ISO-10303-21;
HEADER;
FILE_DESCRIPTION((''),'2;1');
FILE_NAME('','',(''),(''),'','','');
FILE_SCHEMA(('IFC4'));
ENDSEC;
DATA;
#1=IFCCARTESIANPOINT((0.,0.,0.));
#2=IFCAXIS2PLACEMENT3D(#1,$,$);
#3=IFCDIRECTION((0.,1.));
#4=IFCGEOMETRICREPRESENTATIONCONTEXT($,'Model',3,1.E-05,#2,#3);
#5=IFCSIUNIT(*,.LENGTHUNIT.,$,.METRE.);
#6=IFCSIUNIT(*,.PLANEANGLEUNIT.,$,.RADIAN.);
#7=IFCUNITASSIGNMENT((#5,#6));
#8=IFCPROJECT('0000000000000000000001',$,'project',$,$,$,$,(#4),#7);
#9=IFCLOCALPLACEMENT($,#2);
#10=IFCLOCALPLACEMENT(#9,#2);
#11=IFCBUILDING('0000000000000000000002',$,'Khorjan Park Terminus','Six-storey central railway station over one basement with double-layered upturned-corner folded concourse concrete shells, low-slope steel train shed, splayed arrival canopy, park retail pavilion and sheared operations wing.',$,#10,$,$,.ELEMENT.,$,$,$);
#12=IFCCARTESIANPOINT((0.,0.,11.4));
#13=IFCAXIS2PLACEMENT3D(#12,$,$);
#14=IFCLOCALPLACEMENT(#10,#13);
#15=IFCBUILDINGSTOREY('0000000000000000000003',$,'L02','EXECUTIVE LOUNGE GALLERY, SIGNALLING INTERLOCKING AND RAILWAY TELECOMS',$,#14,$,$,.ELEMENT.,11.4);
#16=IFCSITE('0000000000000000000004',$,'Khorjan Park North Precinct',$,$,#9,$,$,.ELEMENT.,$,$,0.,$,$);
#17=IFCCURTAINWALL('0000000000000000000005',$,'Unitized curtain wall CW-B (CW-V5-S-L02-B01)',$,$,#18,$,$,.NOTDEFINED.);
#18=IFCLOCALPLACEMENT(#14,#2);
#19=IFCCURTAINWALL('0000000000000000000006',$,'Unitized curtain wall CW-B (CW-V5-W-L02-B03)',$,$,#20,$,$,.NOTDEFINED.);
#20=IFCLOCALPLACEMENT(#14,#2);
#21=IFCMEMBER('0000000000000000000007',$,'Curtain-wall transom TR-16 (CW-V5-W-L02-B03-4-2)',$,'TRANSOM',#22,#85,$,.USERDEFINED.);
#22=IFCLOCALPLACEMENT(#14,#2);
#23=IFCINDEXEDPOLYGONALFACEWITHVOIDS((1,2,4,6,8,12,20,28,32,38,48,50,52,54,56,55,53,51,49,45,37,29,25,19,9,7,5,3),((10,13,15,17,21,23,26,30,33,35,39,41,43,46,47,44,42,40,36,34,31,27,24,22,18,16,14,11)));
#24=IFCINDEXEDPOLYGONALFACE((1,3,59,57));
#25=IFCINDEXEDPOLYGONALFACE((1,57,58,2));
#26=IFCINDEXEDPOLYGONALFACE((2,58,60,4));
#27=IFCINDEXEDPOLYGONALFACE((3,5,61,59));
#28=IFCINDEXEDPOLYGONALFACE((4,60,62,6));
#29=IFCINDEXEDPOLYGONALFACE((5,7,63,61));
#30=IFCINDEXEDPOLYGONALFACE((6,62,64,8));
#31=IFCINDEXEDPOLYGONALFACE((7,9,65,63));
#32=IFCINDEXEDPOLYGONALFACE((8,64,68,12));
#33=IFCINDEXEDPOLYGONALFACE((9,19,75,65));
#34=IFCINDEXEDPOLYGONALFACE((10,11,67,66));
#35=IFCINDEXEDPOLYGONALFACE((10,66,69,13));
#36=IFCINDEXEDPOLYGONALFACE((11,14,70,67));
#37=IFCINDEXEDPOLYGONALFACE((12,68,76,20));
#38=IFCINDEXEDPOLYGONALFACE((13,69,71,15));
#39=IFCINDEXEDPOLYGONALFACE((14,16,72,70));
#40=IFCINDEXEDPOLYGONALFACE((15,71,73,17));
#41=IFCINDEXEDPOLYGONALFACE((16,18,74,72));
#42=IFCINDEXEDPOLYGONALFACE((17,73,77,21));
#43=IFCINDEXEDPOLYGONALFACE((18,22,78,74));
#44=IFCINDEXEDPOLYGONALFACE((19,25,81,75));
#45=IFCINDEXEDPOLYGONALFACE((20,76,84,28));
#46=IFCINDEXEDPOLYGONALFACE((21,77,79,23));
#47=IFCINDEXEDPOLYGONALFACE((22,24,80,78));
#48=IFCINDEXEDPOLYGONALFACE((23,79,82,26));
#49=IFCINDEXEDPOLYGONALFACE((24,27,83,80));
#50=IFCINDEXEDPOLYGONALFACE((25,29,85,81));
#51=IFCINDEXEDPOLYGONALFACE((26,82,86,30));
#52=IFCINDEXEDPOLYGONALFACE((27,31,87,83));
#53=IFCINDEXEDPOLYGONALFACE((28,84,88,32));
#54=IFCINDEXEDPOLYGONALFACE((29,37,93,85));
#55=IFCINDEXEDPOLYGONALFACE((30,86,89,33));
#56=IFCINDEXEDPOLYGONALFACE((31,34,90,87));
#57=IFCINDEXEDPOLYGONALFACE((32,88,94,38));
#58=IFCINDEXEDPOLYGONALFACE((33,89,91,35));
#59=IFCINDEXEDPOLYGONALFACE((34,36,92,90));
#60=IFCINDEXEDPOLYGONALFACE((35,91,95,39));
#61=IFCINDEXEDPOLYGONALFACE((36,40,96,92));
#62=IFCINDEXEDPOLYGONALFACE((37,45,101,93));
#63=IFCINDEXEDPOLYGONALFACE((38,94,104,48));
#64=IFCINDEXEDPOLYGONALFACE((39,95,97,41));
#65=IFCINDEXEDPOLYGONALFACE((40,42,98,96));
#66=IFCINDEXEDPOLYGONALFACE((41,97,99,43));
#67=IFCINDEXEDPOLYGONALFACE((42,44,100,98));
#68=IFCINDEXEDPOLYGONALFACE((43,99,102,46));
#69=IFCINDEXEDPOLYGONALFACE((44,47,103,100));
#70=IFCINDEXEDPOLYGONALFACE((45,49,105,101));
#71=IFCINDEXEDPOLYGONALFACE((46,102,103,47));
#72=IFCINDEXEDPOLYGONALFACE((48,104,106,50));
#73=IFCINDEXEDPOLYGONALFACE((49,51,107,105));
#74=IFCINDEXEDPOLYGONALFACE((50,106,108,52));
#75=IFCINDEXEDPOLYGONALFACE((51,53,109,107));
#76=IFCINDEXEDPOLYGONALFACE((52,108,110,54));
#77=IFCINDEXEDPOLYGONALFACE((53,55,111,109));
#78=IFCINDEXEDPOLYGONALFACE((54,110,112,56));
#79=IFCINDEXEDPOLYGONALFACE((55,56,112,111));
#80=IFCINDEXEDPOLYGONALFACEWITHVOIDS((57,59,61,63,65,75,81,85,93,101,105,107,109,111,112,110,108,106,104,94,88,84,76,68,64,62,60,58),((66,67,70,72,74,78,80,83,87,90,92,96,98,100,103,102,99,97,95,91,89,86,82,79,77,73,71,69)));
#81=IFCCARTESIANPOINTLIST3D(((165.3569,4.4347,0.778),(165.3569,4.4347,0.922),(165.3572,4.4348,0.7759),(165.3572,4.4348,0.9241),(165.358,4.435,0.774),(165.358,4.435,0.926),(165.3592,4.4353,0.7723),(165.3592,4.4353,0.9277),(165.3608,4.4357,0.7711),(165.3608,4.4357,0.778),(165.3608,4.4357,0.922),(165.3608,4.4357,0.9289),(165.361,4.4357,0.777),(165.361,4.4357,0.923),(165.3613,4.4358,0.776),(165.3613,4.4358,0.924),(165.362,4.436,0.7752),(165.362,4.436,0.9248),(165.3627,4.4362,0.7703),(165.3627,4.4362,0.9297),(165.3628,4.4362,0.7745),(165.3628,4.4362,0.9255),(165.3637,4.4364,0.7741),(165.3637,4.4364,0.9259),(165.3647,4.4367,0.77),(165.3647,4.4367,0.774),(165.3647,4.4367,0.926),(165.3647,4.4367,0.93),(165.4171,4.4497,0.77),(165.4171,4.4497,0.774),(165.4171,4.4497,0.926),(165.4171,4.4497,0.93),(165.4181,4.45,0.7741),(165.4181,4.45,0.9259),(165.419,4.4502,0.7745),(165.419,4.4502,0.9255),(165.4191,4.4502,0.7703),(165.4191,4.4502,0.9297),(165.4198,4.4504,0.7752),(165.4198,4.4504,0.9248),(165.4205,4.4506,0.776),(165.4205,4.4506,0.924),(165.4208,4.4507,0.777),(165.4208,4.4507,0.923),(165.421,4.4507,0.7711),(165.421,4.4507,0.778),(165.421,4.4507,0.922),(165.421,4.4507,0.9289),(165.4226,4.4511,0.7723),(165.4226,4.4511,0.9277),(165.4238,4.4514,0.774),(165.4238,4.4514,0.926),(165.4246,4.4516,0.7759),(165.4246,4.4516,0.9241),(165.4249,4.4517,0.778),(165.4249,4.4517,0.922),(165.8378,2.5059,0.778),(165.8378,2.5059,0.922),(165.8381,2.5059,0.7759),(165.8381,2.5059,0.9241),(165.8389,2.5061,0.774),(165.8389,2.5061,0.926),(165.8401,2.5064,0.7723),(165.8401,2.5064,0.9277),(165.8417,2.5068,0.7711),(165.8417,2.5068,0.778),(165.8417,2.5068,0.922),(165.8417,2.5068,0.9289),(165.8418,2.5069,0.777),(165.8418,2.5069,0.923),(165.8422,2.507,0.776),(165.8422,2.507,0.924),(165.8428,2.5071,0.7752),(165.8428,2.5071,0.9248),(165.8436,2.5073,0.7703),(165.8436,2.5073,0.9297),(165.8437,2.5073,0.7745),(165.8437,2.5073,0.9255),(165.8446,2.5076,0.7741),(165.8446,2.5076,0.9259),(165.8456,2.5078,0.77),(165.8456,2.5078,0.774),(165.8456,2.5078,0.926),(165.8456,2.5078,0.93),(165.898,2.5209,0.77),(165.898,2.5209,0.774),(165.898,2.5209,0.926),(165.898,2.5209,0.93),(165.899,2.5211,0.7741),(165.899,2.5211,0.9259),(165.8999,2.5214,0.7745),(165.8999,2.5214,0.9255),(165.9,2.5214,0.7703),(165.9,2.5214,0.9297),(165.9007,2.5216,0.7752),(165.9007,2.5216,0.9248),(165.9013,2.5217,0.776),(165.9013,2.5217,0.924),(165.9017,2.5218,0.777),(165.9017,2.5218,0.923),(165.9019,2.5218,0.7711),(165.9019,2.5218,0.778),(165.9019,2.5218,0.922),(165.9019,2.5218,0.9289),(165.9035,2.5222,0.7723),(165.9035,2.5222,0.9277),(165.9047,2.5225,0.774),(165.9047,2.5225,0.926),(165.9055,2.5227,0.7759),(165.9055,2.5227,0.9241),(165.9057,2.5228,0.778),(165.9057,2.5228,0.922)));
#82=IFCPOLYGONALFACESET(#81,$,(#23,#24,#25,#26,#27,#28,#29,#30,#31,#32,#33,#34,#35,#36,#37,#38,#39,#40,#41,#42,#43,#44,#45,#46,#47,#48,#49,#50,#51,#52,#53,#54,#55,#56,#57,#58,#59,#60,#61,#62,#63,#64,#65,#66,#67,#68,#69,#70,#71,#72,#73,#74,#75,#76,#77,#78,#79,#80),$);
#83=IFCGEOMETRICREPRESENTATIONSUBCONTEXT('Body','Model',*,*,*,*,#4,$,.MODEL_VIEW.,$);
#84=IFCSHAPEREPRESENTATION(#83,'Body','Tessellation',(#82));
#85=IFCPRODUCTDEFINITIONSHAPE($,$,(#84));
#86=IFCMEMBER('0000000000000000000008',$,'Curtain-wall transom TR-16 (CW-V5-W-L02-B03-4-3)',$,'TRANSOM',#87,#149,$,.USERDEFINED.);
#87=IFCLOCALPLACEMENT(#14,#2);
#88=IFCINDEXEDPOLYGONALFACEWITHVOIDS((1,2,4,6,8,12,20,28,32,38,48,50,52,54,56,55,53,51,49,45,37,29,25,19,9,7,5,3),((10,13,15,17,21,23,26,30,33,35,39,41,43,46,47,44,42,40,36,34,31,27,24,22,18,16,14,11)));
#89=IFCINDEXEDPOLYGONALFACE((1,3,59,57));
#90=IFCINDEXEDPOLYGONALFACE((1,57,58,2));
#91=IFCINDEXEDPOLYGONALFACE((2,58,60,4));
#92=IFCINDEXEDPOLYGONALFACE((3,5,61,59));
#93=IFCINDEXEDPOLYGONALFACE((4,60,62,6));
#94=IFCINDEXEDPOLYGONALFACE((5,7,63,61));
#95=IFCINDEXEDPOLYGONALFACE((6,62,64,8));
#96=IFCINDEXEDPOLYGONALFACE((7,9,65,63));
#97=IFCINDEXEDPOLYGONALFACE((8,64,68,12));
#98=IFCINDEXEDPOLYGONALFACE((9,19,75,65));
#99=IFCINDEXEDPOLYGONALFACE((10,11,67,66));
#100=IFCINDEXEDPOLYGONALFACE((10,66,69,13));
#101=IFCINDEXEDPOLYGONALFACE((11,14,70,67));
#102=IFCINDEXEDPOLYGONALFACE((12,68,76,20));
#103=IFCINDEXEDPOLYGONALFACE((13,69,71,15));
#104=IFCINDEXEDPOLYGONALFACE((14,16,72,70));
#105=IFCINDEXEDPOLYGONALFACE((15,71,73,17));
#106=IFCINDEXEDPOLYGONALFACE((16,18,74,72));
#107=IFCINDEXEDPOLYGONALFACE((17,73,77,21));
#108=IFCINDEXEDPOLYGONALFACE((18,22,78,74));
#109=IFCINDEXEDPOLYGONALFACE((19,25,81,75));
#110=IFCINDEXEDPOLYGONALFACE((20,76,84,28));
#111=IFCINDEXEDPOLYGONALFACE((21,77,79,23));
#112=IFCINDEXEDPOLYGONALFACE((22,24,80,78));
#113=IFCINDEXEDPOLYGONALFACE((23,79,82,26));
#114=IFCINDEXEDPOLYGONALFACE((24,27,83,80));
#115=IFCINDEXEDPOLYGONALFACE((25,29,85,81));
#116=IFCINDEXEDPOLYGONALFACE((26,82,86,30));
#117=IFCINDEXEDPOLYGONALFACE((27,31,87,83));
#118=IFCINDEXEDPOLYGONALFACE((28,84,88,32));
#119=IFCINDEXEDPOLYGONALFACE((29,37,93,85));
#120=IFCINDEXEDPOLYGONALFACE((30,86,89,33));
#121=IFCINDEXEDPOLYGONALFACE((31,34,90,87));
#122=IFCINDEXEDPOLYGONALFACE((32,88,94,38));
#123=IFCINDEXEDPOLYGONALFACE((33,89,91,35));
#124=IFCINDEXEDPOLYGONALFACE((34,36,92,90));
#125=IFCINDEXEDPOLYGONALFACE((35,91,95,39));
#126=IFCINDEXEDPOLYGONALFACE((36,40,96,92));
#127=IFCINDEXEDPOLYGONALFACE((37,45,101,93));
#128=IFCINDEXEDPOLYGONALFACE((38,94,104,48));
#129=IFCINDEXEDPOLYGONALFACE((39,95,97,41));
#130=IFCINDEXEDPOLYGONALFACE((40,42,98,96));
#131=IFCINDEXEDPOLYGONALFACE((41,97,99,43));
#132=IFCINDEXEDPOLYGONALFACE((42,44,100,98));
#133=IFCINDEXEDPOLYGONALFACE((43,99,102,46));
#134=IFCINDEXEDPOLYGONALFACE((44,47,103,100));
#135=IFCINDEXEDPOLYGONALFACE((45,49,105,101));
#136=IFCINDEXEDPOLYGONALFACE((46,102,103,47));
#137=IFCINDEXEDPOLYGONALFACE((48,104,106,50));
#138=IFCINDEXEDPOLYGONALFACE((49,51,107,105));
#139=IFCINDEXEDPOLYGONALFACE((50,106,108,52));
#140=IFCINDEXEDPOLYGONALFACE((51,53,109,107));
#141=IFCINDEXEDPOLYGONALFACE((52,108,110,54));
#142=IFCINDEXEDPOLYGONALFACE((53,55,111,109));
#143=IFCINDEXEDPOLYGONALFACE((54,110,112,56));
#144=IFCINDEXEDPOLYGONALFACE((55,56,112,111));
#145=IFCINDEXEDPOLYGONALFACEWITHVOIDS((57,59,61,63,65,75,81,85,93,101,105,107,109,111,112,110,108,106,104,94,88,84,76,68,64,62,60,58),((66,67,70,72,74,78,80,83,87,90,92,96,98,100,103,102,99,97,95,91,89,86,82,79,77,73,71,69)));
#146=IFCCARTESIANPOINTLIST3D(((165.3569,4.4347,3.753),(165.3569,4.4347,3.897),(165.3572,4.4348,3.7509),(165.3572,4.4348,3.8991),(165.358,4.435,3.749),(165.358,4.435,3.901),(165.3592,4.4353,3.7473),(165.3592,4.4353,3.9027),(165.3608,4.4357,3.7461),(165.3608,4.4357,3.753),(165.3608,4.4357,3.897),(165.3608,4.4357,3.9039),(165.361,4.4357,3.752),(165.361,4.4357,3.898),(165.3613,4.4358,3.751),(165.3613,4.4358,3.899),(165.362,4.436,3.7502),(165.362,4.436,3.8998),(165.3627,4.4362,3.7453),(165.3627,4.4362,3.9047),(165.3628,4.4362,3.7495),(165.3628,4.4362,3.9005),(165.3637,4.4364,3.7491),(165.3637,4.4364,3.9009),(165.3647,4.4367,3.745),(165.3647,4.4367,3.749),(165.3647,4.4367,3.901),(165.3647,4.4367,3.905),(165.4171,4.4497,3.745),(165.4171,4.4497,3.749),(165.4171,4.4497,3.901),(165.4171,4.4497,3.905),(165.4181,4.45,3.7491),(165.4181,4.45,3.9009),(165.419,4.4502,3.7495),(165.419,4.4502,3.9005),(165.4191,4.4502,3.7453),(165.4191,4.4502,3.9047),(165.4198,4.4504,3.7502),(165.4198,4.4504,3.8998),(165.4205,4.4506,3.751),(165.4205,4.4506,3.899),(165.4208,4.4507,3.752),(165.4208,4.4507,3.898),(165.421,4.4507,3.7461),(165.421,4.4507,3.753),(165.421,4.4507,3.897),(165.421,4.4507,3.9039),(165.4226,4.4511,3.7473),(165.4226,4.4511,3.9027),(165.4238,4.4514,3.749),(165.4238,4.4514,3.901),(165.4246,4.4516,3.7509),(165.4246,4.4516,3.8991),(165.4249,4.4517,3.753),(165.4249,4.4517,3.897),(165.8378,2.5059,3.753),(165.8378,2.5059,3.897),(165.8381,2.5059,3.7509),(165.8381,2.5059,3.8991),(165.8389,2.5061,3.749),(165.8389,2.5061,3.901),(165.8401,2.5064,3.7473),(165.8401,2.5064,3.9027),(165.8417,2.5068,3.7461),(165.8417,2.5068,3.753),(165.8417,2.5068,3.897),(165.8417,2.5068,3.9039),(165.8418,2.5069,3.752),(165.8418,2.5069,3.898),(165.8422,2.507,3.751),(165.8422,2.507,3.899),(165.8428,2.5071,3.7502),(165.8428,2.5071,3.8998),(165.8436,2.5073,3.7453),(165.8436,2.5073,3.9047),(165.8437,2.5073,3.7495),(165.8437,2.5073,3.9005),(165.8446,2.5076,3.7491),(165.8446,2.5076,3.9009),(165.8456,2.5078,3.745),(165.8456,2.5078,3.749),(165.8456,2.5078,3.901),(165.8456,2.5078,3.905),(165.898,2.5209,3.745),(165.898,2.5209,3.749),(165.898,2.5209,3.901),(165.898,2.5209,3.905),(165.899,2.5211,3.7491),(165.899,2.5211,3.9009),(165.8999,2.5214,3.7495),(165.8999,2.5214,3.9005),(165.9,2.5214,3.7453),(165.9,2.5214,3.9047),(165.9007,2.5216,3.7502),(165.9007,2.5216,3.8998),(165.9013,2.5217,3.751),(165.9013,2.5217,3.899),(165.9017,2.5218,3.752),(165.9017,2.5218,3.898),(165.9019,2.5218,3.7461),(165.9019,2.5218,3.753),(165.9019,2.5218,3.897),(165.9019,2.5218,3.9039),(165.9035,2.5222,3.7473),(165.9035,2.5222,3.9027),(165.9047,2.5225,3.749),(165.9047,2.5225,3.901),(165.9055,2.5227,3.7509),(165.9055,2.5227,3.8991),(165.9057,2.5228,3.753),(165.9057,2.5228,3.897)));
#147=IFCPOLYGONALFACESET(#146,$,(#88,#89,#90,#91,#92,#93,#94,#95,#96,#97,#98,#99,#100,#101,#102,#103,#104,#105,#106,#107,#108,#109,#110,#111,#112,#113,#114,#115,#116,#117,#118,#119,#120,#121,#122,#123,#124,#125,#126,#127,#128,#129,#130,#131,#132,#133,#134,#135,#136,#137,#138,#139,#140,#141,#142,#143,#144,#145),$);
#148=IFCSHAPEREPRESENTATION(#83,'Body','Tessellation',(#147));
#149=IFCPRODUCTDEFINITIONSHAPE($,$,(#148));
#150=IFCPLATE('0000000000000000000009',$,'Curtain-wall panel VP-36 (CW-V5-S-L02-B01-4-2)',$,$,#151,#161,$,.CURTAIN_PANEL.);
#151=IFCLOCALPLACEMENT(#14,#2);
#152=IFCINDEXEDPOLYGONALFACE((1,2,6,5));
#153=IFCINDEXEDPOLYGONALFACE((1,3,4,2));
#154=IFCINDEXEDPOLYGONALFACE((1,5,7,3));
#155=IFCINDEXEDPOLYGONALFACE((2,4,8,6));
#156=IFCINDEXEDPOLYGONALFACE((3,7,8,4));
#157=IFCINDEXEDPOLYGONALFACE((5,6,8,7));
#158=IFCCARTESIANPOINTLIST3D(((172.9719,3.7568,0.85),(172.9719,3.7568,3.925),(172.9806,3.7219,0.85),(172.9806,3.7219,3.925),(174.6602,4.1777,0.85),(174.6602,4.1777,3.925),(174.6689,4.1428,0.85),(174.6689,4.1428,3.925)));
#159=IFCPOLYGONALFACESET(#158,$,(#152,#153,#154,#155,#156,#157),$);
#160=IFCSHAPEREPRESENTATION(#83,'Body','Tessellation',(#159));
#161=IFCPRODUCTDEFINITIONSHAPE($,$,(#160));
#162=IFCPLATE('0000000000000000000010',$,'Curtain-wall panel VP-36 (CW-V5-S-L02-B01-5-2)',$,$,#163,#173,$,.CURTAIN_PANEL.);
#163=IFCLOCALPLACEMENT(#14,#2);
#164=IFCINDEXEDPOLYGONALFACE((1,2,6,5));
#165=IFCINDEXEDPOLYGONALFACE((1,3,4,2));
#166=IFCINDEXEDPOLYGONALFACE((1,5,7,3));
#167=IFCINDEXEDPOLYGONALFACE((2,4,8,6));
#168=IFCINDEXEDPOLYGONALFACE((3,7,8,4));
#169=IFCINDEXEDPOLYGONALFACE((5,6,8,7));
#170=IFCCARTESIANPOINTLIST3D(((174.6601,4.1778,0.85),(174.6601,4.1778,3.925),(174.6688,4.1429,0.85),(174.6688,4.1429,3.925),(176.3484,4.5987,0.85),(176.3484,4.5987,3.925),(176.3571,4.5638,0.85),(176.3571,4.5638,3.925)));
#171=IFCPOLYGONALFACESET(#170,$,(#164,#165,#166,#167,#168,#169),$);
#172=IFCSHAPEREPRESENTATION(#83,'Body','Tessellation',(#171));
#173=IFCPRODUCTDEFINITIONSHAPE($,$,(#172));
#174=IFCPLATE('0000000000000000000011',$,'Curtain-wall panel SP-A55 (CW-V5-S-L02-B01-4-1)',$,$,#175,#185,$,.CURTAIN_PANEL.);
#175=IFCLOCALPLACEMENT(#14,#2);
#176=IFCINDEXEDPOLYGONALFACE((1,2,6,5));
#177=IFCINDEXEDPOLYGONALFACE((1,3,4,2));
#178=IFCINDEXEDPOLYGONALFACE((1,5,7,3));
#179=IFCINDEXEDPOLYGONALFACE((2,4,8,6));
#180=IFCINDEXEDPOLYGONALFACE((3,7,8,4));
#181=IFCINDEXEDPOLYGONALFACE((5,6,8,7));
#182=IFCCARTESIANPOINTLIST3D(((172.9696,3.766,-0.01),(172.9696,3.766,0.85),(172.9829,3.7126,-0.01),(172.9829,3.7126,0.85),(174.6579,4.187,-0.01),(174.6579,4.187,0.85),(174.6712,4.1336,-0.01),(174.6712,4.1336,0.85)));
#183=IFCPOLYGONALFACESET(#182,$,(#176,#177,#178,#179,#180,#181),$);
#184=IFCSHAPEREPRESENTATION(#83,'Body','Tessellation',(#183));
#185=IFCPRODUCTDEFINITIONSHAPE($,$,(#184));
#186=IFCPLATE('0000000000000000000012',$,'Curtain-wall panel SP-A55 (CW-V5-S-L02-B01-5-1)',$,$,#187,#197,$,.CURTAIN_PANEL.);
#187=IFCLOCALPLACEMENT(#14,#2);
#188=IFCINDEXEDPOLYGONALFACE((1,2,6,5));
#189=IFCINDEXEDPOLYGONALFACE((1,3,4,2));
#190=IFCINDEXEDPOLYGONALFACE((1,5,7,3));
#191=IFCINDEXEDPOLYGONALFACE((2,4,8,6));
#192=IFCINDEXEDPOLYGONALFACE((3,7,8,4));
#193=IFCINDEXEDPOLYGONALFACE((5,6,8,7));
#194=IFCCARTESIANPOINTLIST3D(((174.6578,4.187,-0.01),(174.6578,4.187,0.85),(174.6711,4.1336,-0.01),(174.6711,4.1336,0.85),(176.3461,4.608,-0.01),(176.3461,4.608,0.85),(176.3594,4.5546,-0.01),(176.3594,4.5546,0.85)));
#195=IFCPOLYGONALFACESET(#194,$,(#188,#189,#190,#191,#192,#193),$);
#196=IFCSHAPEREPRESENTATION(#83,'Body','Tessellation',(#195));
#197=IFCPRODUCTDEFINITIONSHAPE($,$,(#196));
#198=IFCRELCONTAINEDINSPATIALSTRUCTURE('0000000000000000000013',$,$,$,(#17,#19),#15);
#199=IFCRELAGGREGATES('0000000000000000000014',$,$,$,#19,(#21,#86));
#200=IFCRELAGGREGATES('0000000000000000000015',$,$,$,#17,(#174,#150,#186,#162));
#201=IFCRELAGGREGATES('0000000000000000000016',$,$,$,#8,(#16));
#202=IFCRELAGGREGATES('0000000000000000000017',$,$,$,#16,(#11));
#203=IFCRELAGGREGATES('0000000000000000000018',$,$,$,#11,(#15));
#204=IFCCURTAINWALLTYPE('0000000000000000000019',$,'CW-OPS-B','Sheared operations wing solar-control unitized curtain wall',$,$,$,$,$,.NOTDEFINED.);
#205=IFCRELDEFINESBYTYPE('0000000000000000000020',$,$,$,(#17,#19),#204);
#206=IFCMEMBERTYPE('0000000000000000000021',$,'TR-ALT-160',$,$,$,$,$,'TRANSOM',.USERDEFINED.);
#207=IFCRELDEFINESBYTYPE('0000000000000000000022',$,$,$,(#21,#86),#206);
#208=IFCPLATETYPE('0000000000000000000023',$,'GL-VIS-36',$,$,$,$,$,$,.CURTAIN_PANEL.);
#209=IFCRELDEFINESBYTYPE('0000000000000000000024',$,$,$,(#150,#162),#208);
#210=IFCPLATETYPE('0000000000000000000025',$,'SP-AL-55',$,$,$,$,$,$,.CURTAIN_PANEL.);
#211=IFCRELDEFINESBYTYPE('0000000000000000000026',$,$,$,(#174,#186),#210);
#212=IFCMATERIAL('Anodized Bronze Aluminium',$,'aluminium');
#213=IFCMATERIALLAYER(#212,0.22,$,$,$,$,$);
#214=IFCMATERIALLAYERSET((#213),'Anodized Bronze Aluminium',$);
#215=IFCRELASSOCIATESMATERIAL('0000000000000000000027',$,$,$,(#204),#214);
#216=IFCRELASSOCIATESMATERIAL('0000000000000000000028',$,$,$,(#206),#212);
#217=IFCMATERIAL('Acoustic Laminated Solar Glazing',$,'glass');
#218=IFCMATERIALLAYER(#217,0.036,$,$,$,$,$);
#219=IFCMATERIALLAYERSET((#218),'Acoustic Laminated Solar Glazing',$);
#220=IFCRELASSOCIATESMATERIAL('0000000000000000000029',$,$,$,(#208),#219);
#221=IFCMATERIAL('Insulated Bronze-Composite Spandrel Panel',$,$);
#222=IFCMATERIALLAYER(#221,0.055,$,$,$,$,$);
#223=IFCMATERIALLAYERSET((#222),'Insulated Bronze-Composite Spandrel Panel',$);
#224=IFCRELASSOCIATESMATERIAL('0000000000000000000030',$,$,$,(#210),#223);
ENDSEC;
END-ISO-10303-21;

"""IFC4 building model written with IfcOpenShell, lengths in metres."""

from ifc_helpers import new_model, si_unit, direction, frame, origin, origin_2d, place, context, subcontext, project, spatial, rectangle, hollow_rectangle, extrude, material, layer, layer_set, material_profile, profile_set, type_object, element, aggregate, save


model = new_model("IFC4")

# Units and contexts
model_context = context("Model", 3, precision=1e-05, world=origin(), true_north=direction((0.0, 1.0)))
body_context = subcontext(model_context, "Body", "Model", "MODEL_VIEW")
ifc_project = project(units=[si_unit("LENGTHUNIT", "METRE"), si_unit("PLANEANGLEUNIT", "RADIAN")], contexts=[model_context])

# Site, building, storey
site_placement = place(None, origin())
site = spatial("IfcSite", under=ifc_project, at=site_placement, Name="Khorjan Park North Precinct", CompositionType="ELEMENT", RefElevation=0.0)
building_placement = place(site_placement, origin())
building = spatial("IfcBuilding", under=site, at=building_placement, Name="Khorjan Park Terminus", Description="Six-storey central railway station over one basement with double-layered upturned-corner folded concourse concrete shells, low-slope steel train shed, splayed arrival canopy, park retail pavilion and sheared operations wing.", CompositionType="ELEMENT")
storey_placement = place(building_placement, frame((0.0, 0.0, 11.4)))
storey = spatial("IfcBuildingStorey", under=building, at=storey_placement, Name="L02", Description="EXECUTIVE LOUNGE GALLERY, SIGNALLING INTERLOCKING AND RAILWAY TELECOMS", CompositionType="ELEMENT", Elevation=11.4)

# Curtain wall
ifc_material_1 = material(Name="Anodized Bronze Aluminium", Category="aluminium")
ifc_layer_1 = layer(ifc_material_1, 0.22)
ifc_layer_set_1 = layer_set([ifc_layer_1], Name="Anodized Bronze Aluminium")
curtain_wall_type = type_object("IfcCurtainWallType", Name="CW-OPS-B", Description="Sheared operations wing solar-control unitized curtain wall", PredefinedType="NOTDEFINED", material=ifc_layer_set_1)
curtain_wall_1_placement = place(storey_placement, origin())
curtain_wall_1 = element("IfcCurtainWall", 1, at=curtain_wall_1_placement, inside=storey, type_object=curtain_wall_type, Name="Unitized curtain wall CW-B (CW-V5-S-L02-B01)", PredefinedType="NOTDEFINED")

# Curtain wall
curtain_wall_2_placement = place(storey_placement, origin())
curtain_wall_2 = element("IfcCurtainWall", 2, at=curtain_wall_2_placement, inside=storey, type_object=curtain_wall_type, Name="Unitized curtain wall CW-B (CW-V5-W-L02-B03)", PredefinedType="NOTDEFINED")

# Members
ifc_material_profile_1 = material_profile(ifc_material_1, hollow_rectangle(XDim=0.07, YDim=0.16, WallThickness=0.004, InnerFilletRadius=0.004, OuterFilletRadius=0.008, at=origin_2d()), Name="ALT 70x160x4")
ifc_profile_set_1 = profile_set([ifc_material_profile_1], Name="Anodized Bronze Aluminium")
member_type_1 = type_object("IfcMemberType", Name="TR-ALT-160", ElementType="TRANSOM", PredefinedType="USERDEFINED", material=ifc_profile_set_1)
member_1_placement = place(storey_placement, frame((165.3909, 4.4432, 0.85), z_axis=(0.241908, -0.970299, 0.0), x_axis=(0.970299, 0.241908, 0.0)))
member_1 = element("IfcMember", 3, at=member_1_placement, type_object=member_type_1, Name="Curtain-wall transom TR-16 (CW-V5-W-L02-B03-4-2)", ObjectType="TRANSOM", PredefinedType="USERDEFINED", context=body_context, shape_type="SweptSolid", body=[
    extrude(hollow_rectangle(XDim=0.07, YDim=0.16, WallThickness=0.004, InnerFilletRadius=0.004, OuterFilletRadius=0.008, at=origin_2d()), origin(), (0.0, 0.0, 1.0), 1.9879),
])
member_2_placement = place(storey_placement, frame((165.3909, 4.4432, 3.825), z_axis=(0.241908, -0.970299, 0.0), x_axis=(0.970299, 0.241908, 0.0)))
member_2 = element("IfcMember", 4, at=member_2_placement, type_object=member_type_1, Name="Curtain-wall transom TR-16 (CW-V5-W-L02-B03-4-3)", ObjectType="TRANSOM", PredefinedType="USERDEFINED", context=body_context, shape_type="SweptSolid", body=[
    extrude(hollow_rectangle(XDim=0.07, YDim=0.16, WallThickness=0.004, InnerFilletRadius=0.004, OuterFilletRadius=0.008, at=origin_2d()), origin(), (0.0, 0.0, 1.0), 1.9879),
])
aggregate(curtain_wall_2, [member_1, member_2])

# Plates
ifc_material_2 = material(Name="Acoustic Laminated Solar Glazing", Category="glass")
ifc_layer_2 = layer(ifc_material_2, 0.036)
ifc_layer_set_2 = layer_set([ifc_layer_2], Name="Acoustic Laminated Solar Glazing")
plate_type_1 = type_object("IfcPlateType", Name="GL-VIS-36", PredefinedType="CURTAIN_PANEL", material=ifc_layer_set_2)
plate_1_placement = place(storey_placement, frame((173.8204, 3.9498, 0.85), z_axis=(0.0, 0.0, 1.0), x_axis=(0.970296, 0.241923, 0.0)))
plate_1 = element("IfcPlate", 5, at=plate_1_placement, type_object=plate_type_1, Name="Curtain-wall panel VP-36 (CW-V5-S-L02-B01-4-2)", PredefinedType="CURTAIN_PANEL", context=body_context, shape_type="SweptSolid", body=[
    extrude(rectangle(XDim=1.74, YDim=0.036, at=origin_2d()), origin(), (0.0, 0.0, 1.0), 3.075),
])
plate_2_placement = place(storey_placement, frame((175.5086, 4.3708, 0.85), z_axis=(0.0, 0.0, 1.0), x_axis=(0.970296, 0.241923, 0.0)))
plate_2 = element("IfcPlate", 6, at=plate_2_placement, type_object=plate_type_1, Name="Curtain-wall panel VP-36 (CW-V5-S-L02-B01-5-2)", PredefinedType="CURTAIN_PANEL", context=body_context, shape_type="SweptSolid", body=[
    extrude(rectangle(XDim=1.74, YDim=0.036, at=origin_2d()), origin(), (0.0, 0.0, 1.0), 3.075),
])
ifc_material_3 = material(Name="Insulated Bronze-Composite Spandrel Panel")
ifc_layer_3 = layer(ifc_material_3, 0.055)
ifc_layer_set_3 = layer_set([ifc_layer_3], Name="Insulated Bronze-Composite Spandrel Panel")
plate_type_2 = type_object("IfcPlateType", Name="SP-AL-55", PredefinedType="CURTAIN_PANEL", material=ifc_layer_set_3)
plate_3_placement = place(storey_placement, frame((173.8204, 3.9498, -0.01), z_axis=(0.0, 0.0, 1.0), x_axis=(0.970296, 0.241923, 0.0)))
plate_3 = element("IfcPlate", 7, at=plate_3_placement, type_object=plate_type_2, Name="Curtain-wall panel SP-A55 (CW-V5-S-L02-B01-4-1)", PredefinedType="CURTAIN_PANEL", context=body_context, shape_type="SweptSolid", body=[
    extrude(rectangle(XDim=1.74, YDim=0.055, at=origin_2d()), origin(), (0.0, 0.0, 1.0), 0.86),
])
plate_4_placement = place(storey_placement, frame((175.5086, 4.3708, -0.01), z_axis=(0.0, 0.0, 1.0), x_axis=(0.970296, 0.241923, 0.0)))
plate_4 = element("IfcPlate", 8, at=plate_4_placement, type_object=plate_type_2, Name="Curtain-wall panel SP-A55 (CW-V5-S-L02-B01-5-1)", PredefinedType="CURTAIN_PANEL", context=body_context, shape_type="SweptSolid", body=[
    extrude(rectangle(XDim=1.74, YDim=0.055, at=origin_2d()), origin(), (0.0, 0.0, 1.0), 0.86),
])
aggregate(curtain_wall_1, [plate_3, plate_1, plate_4, plate_2])

save(model, "model.ifc")
